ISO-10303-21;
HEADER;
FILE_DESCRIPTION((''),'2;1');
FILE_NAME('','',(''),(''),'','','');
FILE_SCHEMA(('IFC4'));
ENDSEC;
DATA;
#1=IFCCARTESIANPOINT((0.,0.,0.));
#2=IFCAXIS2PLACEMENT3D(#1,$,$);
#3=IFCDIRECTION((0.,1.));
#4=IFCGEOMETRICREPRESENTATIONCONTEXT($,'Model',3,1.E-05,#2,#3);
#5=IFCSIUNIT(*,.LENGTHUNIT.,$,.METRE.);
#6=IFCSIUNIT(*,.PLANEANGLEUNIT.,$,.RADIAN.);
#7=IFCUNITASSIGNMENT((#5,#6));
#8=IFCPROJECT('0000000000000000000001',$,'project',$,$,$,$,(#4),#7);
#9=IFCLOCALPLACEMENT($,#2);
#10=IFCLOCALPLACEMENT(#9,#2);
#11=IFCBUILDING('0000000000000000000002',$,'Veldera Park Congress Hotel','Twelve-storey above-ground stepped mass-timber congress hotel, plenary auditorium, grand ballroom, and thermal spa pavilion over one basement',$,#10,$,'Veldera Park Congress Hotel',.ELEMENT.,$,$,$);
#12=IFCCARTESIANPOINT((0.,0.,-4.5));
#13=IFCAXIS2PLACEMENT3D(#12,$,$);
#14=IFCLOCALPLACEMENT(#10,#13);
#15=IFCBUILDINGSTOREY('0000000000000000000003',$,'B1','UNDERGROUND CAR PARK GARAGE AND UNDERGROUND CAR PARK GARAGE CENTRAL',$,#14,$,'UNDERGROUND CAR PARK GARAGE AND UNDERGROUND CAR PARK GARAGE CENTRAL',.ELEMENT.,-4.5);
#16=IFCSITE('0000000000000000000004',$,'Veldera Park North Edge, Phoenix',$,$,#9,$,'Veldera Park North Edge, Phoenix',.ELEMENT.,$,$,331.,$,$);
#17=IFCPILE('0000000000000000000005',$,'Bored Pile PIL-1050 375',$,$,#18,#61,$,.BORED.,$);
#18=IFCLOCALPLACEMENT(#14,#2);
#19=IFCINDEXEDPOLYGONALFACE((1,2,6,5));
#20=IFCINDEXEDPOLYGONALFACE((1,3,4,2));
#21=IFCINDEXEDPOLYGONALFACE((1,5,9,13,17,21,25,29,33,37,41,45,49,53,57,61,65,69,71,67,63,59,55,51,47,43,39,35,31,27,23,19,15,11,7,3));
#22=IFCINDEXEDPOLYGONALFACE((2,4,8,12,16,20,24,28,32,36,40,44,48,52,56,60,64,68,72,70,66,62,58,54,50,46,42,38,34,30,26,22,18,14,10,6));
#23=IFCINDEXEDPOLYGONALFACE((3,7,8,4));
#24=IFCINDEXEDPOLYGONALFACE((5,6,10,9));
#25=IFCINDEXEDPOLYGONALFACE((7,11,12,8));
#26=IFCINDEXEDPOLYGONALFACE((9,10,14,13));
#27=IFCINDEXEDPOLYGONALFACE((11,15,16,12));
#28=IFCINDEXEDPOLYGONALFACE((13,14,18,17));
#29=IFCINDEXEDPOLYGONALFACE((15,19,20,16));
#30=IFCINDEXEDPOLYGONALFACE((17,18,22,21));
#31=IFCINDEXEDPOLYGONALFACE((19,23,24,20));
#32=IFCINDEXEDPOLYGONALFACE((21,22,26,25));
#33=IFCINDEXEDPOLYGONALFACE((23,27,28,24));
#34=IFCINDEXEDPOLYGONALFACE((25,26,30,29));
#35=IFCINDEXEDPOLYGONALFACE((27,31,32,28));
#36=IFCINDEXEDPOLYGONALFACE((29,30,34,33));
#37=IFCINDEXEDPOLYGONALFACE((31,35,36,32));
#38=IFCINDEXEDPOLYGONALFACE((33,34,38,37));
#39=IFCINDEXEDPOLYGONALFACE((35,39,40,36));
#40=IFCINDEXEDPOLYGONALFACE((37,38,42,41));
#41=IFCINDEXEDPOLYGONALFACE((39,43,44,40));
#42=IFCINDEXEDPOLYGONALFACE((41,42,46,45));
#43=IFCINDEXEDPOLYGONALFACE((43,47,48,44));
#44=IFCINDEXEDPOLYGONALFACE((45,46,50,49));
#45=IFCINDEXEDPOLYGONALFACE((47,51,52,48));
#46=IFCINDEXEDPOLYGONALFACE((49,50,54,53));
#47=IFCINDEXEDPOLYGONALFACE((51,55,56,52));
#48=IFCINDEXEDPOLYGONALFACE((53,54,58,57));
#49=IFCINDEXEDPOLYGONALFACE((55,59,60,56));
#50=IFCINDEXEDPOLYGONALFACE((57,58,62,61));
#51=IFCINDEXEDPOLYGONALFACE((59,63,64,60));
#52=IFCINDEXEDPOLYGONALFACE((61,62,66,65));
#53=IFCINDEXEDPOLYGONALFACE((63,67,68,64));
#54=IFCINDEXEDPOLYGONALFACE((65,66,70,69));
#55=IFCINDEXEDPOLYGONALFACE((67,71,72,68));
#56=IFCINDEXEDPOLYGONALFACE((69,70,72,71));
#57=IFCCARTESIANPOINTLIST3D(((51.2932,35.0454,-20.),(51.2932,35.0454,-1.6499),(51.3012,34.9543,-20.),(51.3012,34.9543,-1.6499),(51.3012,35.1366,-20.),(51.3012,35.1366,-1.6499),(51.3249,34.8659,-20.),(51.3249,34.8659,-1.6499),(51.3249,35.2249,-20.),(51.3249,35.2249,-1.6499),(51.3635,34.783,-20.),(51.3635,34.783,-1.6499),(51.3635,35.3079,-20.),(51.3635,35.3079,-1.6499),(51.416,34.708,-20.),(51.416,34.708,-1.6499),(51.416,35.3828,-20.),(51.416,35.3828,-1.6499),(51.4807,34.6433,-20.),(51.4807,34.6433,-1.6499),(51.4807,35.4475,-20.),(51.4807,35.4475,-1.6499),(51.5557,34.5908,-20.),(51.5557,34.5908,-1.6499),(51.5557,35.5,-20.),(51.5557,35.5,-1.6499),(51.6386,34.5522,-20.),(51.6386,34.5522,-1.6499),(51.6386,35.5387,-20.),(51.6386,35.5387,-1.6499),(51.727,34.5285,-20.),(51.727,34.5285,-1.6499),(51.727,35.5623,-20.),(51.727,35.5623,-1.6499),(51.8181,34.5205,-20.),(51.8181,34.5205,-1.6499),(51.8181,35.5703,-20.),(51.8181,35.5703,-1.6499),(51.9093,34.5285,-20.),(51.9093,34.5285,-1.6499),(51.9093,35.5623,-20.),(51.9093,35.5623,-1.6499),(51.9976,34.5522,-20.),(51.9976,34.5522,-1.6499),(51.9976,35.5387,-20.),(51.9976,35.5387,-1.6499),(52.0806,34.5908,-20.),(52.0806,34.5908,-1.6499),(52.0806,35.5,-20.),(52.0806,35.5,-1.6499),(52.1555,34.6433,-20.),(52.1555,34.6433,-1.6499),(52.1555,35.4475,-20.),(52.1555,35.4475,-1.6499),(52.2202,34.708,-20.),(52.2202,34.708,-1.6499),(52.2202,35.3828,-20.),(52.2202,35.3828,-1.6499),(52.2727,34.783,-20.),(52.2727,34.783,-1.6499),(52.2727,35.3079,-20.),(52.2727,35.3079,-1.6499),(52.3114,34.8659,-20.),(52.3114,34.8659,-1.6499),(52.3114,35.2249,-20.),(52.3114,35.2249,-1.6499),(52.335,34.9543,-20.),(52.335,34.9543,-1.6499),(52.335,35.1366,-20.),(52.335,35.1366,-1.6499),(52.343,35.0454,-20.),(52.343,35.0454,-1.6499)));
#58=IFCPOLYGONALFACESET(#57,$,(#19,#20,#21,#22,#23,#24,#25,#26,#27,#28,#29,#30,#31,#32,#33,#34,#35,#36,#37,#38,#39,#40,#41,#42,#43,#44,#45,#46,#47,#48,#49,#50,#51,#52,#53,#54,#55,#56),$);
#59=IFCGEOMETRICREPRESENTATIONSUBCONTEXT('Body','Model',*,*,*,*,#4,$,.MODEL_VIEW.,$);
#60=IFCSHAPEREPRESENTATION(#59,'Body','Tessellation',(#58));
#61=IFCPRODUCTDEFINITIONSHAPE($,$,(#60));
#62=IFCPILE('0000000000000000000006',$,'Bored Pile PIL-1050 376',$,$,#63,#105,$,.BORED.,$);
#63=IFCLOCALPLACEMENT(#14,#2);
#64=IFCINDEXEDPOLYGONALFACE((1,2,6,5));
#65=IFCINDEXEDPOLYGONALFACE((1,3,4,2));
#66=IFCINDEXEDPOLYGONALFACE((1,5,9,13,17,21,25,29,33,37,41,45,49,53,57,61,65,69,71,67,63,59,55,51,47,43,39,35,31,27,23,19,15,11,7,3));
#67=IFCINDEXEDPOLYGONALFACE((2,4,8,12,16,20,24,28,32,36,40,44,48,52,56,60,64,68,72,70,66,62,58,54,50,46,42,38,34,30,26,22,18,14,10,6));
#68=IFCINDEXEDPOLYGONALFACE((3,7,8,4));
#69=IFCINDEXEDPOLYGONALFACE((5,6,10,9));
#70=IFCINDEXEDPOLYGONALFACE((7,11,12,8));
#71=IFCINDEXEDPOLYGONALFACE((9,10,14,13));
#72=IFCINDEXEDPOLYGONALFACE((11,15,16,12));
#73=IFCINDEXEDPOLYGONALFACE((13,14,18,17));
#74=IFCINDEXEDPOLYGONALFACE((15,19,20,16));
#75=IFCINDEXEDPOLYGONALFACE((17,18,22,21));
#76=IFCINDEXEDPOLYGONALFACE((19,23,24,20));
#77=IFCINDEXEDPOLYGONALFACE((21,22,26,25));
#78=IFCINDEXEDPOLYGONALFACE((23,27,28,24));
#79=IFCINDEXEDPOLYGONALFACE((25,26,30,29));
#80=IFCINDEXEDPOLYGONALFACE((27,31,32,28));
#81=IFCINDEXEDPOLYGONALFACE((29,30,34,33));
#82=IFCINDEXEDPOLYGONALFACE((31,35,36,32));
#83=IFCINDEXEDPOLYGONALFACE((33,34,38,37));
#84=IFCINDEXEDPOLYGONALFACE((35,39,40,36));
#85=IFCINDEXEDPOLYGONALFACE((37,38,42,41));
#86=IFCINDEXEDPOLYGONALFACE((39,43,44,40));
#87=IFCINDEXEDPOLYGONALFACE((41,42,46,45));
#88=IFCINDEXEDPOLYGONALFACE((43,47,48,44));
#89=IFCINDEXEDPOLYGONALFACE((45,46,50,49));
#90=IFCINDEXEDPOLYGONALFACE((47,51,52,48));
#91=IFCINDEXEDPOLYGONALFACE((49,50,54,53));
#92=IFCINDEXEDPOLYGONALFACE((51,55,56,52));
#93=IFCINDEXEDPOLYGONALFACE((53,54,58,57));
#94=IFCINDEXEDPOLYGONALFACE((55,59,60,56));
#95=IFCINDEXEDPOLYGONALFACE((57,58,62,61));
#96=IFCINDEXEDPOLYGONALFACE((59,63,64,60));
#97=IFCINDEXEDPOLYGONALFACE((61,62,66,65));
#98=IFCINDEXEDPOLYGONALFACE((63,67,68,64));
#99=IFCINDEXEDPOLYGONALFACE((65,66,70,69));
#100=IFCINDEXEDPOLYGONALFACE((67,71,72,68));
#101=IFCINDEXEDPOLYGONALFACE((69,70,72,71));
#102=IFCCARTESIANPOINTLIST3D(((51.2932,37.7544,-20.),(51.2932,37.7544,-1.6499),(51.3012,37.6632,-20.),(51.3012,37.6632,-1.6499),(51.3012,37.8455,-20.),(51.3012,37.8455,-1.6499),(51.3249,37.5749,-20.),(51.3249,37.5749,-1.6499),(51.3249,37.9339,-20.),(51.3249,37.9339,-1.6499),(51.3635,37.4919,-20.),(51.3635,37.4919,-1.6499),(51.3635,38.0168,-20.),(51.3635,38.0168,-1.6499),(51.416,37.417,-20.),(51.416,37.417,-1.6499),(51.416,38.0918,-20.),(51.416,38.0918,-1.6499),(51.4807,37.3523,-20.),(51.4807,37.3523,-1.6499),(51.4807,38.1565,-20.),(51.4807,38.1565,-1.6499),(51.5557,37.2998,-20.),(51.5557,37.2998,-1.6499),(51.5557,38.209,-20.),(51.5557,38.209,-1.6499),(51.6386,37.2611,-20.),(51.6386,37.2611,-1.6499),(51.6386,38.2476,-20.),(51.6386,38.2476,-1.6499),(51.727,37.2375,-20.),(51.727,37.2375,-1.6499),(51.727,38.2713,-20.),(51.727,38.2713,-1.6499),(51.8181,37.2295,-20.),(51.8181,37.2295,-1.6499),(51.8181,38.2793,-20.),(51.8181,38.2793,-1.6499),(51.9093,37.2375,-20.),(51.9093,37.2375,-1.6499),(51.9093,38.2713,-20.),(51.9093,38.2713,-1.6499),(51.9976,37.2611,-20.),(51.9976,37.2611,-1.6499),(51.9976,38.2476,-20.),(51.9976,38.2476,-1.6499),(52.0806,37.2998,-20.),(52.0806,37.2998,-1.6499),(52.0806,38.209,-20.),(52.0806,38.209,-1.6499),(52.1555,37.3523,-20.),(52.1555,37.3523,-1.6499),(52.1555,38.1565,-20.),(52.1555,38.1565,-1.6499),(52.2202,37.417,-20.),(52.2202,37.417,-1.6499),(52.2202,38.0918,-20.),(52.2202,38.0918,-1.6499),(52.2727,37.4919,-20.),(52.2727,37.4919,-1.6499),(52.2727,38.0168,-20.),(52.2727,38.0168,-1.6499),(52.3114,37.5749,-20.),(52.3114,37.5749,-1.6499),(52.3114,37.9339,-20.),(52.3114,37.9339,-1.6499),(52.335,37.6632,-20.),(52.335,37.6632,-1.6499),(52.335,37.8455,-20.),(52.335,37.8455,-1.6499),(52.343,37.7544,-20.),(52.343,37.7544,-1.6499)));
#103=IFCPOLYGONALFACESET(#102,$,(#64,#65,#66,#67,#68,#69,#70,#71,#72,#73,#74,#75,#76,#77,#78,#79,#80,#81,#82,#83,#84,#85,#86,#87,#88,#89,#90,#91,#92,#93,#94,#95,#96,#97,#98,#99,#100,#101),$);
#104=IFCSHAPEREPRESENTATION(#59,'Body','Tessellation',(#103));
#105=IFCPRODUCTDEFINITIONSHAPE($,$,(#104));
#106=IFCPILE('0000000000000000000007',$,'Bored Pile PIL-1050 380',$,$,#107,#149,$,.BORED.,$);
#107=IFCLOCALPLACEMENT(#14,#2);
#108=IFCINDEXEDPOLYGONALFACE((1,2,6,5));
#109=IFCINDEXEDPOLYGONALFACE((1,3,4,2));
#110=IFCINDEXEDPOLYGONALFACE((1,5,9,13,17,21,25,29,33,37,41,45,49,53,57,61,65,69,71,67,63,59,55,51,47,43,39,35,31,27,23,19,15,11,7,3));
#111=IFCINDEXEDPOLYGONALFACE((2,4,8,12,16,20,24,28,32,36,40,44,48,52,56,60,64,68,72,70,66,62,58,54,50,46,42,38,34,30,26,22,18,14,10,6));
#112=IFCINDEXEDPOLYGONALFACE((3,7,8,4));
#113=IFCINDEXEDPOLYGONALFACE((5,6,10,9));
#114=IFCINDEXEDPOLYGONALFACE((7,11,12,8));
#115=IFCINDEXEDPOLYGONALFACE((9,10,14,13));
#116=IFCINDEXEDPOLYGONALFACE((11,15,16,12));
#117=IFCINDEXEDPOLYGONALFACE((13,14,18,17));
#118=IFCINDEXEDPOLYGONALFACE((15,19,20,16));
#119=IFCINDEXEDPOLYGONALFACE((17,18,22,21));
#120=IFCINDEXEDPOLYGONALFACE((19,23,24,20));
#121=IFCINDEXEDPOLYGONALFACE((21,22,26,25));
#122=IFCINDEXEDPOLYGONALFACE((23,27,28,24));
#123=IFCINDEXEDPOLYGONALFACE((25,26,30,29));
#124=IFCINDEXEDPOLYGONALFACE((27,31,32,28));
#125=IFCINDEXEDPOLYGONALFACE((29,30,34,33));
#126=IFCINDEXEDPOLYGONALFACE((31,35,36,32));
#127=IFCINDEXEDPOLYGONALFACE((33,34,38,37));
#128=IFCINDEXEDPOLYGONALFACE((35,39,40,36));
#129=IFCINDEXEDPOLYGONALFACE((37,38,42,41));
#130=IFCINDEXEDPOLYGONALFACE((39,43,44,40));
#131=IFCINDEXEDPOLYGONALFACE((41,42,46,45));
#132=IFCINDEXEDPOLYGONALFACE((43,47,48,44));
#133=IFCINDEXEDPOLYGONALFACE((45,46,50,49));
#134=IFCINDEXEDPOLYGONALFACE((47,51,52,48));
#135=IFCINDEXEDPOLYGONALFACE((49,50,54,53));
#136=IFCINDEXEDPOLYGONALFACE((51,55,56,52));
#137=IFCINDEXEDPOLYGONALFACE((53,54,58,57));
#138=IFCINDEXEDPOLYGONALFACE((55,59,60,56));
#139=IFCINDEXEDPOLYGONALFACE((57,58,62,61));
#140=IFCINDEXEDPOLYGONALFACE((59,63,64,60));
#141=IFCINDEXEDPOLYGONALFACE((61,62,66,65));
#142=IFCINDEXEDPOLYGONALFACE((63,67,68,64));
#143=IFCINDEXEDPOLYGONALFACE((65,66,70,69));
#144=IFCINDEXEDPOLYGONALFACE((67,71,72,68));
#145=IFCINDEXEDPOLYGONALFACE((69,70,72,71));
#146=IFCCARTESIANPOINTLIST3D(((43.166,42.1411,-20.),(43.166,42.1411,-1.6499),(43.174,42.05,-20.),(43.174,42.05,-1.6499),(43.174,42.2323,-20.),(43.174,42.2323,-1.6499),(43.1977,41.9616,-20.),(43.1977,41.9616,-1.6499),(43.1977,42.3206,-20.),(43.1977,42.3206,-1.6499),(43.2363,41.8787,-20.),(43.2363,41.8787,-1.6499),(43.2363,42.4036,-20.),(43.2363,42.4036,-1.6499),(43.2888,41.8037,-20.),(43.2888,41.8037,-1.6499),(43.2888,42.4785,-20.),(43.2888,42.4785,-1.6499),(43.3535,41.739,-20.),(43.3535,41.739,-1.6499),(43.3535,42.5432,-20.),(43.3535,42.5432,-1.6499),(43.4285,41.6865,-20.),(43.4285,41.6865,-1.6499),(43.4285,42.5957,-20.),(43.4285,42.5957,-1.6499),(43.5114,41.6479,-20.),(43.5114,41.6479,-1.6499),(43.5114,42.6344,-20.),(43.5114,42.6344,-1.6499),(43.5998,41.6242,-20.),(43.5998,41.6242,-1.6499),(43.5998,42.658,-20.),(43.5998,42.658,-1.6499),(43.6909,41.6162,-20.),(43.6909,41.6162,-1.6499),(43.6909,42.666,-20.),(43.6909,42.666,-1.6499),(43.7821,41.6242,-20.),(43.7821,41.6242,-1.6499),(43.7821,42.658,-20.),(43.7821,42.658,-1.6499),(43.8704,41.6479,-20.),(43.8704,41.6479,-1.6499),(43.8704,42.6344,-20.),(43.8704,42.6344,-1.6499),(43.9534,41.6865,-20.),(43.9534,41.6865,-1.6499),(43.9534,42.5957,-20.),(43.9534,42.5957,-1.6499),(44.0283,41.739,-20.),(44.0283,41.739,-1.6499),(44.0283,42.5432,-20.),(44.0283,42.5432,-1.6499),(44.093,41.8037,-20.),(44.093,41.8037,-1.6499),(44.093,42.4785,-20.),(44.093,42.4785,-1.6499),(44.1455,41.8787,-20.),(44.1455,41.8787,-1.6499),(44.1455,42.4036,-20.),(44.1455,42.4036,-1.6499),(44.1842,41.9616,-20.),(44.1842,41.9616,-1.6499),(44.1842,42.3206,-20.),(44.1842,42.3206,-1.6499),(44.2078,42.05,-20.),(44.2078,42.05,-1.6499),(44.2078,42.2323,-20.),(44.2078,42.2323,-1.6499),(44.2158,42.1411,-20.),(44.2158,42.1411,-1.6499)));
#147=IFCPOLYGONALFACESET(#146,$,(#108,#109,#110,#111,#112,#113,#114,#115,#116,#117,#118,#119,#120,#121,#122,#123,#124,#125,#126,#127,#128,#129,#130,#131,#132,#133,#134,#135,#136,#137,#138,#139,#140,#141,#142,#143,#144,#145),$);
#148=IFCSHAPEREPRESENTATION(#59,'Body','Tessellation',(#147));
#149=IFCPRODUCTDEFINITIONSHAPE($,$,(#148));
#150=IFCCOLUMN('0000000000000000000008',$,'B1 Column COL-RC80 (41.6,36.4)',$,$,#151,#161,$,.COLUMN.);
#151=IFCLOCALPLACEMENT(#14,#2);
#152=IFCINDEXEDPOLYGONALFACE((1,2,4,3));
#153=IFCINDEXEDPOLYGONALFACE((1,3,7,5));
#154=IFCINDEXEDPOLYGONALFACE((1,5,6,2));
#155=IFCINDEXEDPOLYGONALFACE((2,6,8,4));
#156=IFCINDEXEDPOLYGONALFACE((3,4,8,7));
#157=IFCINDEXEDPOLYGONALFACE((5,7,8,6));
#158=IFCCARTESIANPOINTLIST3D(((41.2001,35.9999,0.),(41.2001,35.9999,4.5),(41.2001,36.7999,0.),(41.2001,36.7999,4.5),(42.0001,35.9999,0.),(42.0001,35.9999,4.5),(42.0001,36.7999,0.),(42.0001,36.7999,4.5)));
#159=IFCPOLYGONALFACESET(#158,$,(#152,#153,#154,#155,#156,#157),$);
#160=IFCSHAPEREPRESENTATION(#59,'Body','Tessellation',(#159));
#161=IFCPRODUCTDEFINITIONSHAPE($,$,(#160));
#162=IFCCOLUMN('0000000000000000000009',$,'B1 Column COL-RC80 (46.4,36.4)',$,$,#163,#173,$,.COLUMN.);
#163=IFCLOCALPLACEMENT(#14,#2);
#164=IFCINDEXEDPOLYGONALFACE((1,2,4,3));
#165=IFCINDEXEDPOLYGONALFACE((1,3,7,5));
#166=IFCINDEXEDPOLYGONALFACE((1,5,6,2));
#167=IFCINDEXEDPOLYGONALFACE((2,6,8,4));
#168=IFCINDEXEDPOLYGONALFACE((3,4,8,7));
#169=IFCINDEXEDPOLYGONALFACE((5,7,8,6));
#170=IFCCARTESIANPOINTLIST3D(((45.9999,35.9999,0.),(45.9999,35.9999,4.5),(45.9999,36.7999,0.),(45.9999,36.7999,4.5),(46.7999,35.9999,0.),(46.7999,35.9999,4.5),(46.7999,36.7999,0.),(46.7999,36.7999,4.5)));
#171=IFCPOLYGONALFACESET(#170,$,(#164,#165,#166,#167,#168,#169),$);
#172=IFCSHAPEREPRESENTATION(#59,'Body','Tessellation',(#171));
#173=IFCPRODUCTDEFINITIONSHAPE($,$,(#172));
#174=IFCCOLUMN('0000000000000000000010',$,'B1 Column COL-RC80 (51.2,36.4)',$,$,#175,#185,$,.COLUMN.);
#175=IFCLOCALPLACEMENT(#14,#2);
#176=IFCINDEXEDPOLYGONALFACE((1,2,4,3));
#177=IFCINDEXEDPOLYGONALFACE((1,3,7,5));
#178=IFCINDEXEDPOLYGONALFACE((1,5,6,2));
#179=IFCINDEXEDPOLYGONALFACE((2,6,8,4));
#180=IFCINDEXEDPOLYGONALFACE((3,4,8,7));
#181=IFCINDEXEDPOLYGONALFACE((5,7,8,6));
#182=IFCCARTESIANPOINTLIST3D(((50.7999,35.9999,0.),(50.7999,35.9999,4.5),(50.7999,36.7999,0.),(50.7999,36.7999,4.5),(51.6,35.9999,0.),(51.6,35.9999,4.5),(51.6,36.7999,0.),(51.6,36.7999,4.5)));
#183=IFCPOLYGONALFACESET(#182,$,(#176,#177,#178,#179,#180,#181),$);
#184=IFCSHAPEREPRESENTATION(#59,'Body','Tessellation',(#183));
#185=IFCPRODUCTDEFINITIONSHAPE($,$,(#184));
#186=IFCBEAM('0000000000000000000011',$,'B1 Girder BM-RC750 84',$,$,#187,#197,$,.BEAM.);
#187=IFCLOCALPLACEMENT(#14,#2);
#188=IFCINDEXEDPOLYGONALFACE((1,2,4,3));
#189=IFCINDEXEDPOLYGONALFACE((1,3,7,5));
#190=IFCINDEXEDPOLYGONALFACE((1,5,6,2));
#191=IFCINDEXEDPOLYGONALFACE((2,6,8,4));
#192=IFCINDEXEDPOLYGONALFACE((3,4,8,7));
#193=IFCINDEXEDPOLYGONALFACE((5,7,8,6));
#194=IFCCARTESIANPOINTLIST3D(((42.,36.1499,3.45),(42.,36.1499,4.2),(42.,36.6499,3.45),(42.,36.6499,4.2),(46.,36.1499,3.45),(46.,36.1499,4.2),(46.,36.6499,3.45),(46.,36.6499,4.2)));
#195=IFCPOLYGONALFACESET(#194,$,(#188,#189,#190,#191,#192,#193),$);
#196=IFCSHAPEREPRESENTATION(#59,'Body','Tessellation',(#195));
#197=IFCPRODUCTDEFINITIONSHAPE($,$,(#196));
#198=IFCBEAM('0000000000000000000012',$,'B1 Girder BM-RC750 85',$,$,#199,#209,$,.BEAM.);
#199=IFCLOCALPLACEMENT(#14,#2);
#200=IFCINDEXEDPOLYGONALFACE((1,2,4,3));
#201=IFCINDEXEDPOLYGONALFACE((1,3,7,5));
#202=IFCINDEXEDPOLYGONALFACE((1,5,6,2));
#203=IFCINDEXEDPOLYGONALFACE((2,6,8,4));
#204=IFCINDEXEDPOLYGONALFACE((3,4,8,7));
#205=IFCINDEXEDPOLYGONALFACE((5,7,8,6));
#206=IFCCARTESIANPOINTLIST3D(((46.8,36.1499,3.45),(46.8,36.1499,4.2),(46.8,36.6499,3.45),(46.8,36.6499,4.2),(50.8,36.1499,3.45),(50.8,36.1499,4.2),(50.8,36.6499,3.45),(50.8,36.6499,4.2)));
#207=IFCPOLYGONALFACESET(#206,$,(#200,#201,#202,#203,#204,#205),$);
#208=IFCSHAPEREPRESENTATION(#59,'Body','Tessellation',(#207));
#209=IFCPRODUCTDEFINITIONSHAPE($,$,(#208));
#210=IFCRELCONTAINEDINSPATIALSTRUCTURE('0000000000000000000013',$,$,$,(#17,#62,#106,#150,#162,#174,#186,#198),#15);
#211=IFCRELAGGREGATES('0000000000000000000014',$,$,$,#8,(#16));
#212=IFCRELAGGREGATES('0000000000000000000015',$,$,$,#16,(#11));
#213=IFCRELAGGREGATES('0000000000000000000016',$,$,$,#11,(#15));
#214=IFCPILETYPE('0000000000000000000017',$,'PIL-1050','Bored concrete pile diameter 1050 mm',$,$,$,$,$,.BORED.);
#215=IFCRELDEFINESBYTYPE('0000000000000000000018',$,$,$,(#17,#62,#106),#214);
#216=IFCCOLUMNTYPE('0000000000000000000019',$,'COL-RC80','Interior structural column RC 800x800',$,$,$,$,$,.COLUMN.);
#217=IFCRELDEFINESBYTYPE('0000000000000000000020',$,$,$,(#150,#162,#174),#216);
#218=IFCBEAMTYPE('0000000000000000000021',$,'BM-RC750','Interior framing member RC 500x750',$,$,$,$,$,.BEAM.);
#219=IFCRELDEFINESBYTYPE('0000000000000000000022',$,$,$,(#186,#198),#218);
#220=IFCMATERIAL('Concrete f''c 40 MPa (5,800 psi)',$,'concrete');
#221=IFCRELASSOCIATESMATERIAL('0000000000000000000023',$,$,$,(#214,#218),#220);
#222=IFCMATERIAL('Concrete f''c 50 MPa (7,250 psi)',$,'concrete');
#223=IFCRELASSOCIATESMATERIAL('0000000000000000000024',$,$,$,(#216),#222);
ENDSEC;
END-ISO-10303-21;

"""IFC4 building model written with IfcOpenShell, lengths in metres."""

from ifc_helpers import new_model, si_unit, direction, frame, origin, origin_2d, place, context, subcontext, project, spatial, rectangle, circle, extrude, material, material_profile, profile_set, type_object, element, save


model = new_model("IFC4")

# Units and contexts
model_context = context("Model", 3, precision=1e-05, world=origin(), true_north=direction((0.0, 1.0)))
body_context = subcontext(model_context, "Body", "Model", "MODEL_VIEW")
ifc_project = project(units=[si_unit("LENGTHUNIT", "METRE"), si_unit("PLANEANGLEUNIT", "RADIAN")], contexts=[model_context])

# Site, building, storey
site_placement = place(None, origin())
site = spatial("IfcSite", under=ifc_project, at=site_placement, Name="Veldera Park North Edge, Phoenix", LongName="Veldera Park North Edge, Phoenix", CompositionType="ELEMENT", RefElevation=331.0)
building_placement = place(site_placement, origin())
building = spatial("IfcBuilding", under=site, at=building_placement, Name="Veldera Park Congress Hotel", Description="Twelve-storey above-ground stepped mass-timber congress hotel, plenary auditorium, grand ballroom, and thermal spa pavilion over one basement", LongName="Veldera Park Congress Hotel", CompositionType="ELEMENT")
storey_placement = place(building_placement, frame((0.0, 0.0, -4.5)))
storey = spatial("IfcBuildingStorey", under=building, at=storey_placement, Name="B1", Description="UNDERGROUND CAR PARK GARAGE AND UNDERGROUND CAR PARK GARAGE CENTRAL", LongName="UNDERGROUND CAR PARK GARAGE AND UNDERGROUND CAR PARK GARAGE CENTRAL", CompositionType="ELEMENT", Elevation=-4.5)

# Shared definitions
ifc_material_1 = material(Name="Concrete f'c 40 MPa (5,800 psi)", Category="concrete")

# Piles
ifc_material_profile_1 = material_profile(ifc_material_1, circle(Radius=0.5249, at=origin_2d()), Name="PILE D1050")
ifc_profile_set_1 = profile_set([ifc_material_profile_1], Name="Concrete f'c 40 MPa (5,800 psi)")
pile_type = type_object("IfcPileType", Name="PIL-1050", Description="Bored concrete pile diameter 1050 mm", PredefinedType="BORED", material=ifc_profile_set_1)
for number, where, z_axis, x_axis, name in (
    (1, (51.8181, 35.0454, -1.6499), (0.0, 0.0, -1.0), (1.0, 0.0, 0.0), "Bored Pile PIL-1050 375"),
    (2, (51.8181, 37.7544, -1.6499), (0.0, 0.0, -1.0), (1.0, 0.0, 0.0), "Bored Pile PIL-1050 376"),
    (3, (43.6909, 42.1411, -1.6499), (0.0, 0.0, -1.0), (1.0, 0.0, 0.0), "Bored Pile PIL-1050 380"),
):
    element("IfcPile", number, at=place(storey_placement, frame(where, z_axis=z_axis, x_axis=x_axis)), inside=storey, type_object=pile_type, Name=name, PredefinedType="BORED", context=body_context, shape_type="SweptSolid", body=[
        extrude(circle(Radius=0.5249, at=origin_2d()), origin(), (0.0, 0.0, 1.0), 18.3501),
    ])

# Columns
ifc_material_2 = material(Name="Concrete f'c 50 MPa (7,250 psi)", Category="concrete")
ifc_material_profile_2 = material_profile(ifc_material_2, rectangle(XDim=0.8, YDim=0.8, at=origin_2d()), Name="RC 800x800")
ifc_profile_set_2 = profile_set([ifc_material_profile_2], Name="Concrete f'c 50 MPa (7,250 psi)")
column_type = type_object("IfcColumnType", Name="COL-RC80", Description="Interior structural column RC 800x800", PredefinedType="COLUMN", material=ifc_profile_set_2)
for number, where, z_axis, x_axis, name in (
    (4, (41.6001, 36.3999, 0.0), (0.0, 0.0, 1.0), (1.0, 0.0, 0.0), "B1 Column COL-RC80 (41.6,36.4)"),
    (5, (46.3999, 36.3999, 0.0), (0.0, 0.0, 1.0), (1.0, 0.0, 0.0), "B1 Column COL-RC80 (46.4,36.4)"),
    (6, (51.2, 36.3999, 0.0), (0.0, 0.0, 1.0), (1.0, 0.0, 0.0), "B1 Column COL-RC80 (51.2,36.4)"),
):
    element("IfcColumn", number, at=place(storey_placement, frame(where, z_axis=z_axis, x_axis=x_axis)), inside=storey, type_object=column_type, Name=name, PredefinedType="COLUMN", context=body_context, shape_type="SweptSolid", body=[
        extrude(rectangle(XDim=0.8, YDim=0.8, at=origin_2d()), origin(), (0.0, 0.0, 1.0), 4.5),
    ])

# Beams
ifc_material_profile_3 = material_profile(ifc_material_1, rectangle(XDim=0.5, YDim=0.75, at=origin_2d()), Name="RC 500x750")
ifc_profile_set_3 = profile_set([ifc_material_profile_3], Name="Concrete f'c 40 MPa (5,800 psi)")
beam_type_1 = type_object("IfcBeamType", Name="BM-RC750", Description="Interior framing member RC 500x750", PredefinedType="BEAM", material=ifc_profile_set_3)
for number, where, z_axis, x_axis, name in (
    (7, (42.0, 36.3999, 3.825), (1.0, 0.0, 0.0), (0.0, 1.0, 0.0), "B1 Girder BM-RC750 84"),
    (8, (46.8, 36.3999, 3.825), (1.0, 0.0, 0.0), (0.0, 1.0, 0.0), "B1 Girder BM-RC750 85"),
):
    element("IfcBeam", number, at=place(storey_placement, frame(where, z_axis=z_axis, x_axis=x_axis)), inside=storey, type_object=beam_type_1, Name=name, PredefinedType="BEAM", context=body_context, shape_type="SweptSolid", body=[
        extrude(rectangle(XDim=0.5, YDim=0.75, at=origin_2d()), origin(), (0.0, 0.0, 1.0), 4.0),
    ])

save(model, "model.ifc")
